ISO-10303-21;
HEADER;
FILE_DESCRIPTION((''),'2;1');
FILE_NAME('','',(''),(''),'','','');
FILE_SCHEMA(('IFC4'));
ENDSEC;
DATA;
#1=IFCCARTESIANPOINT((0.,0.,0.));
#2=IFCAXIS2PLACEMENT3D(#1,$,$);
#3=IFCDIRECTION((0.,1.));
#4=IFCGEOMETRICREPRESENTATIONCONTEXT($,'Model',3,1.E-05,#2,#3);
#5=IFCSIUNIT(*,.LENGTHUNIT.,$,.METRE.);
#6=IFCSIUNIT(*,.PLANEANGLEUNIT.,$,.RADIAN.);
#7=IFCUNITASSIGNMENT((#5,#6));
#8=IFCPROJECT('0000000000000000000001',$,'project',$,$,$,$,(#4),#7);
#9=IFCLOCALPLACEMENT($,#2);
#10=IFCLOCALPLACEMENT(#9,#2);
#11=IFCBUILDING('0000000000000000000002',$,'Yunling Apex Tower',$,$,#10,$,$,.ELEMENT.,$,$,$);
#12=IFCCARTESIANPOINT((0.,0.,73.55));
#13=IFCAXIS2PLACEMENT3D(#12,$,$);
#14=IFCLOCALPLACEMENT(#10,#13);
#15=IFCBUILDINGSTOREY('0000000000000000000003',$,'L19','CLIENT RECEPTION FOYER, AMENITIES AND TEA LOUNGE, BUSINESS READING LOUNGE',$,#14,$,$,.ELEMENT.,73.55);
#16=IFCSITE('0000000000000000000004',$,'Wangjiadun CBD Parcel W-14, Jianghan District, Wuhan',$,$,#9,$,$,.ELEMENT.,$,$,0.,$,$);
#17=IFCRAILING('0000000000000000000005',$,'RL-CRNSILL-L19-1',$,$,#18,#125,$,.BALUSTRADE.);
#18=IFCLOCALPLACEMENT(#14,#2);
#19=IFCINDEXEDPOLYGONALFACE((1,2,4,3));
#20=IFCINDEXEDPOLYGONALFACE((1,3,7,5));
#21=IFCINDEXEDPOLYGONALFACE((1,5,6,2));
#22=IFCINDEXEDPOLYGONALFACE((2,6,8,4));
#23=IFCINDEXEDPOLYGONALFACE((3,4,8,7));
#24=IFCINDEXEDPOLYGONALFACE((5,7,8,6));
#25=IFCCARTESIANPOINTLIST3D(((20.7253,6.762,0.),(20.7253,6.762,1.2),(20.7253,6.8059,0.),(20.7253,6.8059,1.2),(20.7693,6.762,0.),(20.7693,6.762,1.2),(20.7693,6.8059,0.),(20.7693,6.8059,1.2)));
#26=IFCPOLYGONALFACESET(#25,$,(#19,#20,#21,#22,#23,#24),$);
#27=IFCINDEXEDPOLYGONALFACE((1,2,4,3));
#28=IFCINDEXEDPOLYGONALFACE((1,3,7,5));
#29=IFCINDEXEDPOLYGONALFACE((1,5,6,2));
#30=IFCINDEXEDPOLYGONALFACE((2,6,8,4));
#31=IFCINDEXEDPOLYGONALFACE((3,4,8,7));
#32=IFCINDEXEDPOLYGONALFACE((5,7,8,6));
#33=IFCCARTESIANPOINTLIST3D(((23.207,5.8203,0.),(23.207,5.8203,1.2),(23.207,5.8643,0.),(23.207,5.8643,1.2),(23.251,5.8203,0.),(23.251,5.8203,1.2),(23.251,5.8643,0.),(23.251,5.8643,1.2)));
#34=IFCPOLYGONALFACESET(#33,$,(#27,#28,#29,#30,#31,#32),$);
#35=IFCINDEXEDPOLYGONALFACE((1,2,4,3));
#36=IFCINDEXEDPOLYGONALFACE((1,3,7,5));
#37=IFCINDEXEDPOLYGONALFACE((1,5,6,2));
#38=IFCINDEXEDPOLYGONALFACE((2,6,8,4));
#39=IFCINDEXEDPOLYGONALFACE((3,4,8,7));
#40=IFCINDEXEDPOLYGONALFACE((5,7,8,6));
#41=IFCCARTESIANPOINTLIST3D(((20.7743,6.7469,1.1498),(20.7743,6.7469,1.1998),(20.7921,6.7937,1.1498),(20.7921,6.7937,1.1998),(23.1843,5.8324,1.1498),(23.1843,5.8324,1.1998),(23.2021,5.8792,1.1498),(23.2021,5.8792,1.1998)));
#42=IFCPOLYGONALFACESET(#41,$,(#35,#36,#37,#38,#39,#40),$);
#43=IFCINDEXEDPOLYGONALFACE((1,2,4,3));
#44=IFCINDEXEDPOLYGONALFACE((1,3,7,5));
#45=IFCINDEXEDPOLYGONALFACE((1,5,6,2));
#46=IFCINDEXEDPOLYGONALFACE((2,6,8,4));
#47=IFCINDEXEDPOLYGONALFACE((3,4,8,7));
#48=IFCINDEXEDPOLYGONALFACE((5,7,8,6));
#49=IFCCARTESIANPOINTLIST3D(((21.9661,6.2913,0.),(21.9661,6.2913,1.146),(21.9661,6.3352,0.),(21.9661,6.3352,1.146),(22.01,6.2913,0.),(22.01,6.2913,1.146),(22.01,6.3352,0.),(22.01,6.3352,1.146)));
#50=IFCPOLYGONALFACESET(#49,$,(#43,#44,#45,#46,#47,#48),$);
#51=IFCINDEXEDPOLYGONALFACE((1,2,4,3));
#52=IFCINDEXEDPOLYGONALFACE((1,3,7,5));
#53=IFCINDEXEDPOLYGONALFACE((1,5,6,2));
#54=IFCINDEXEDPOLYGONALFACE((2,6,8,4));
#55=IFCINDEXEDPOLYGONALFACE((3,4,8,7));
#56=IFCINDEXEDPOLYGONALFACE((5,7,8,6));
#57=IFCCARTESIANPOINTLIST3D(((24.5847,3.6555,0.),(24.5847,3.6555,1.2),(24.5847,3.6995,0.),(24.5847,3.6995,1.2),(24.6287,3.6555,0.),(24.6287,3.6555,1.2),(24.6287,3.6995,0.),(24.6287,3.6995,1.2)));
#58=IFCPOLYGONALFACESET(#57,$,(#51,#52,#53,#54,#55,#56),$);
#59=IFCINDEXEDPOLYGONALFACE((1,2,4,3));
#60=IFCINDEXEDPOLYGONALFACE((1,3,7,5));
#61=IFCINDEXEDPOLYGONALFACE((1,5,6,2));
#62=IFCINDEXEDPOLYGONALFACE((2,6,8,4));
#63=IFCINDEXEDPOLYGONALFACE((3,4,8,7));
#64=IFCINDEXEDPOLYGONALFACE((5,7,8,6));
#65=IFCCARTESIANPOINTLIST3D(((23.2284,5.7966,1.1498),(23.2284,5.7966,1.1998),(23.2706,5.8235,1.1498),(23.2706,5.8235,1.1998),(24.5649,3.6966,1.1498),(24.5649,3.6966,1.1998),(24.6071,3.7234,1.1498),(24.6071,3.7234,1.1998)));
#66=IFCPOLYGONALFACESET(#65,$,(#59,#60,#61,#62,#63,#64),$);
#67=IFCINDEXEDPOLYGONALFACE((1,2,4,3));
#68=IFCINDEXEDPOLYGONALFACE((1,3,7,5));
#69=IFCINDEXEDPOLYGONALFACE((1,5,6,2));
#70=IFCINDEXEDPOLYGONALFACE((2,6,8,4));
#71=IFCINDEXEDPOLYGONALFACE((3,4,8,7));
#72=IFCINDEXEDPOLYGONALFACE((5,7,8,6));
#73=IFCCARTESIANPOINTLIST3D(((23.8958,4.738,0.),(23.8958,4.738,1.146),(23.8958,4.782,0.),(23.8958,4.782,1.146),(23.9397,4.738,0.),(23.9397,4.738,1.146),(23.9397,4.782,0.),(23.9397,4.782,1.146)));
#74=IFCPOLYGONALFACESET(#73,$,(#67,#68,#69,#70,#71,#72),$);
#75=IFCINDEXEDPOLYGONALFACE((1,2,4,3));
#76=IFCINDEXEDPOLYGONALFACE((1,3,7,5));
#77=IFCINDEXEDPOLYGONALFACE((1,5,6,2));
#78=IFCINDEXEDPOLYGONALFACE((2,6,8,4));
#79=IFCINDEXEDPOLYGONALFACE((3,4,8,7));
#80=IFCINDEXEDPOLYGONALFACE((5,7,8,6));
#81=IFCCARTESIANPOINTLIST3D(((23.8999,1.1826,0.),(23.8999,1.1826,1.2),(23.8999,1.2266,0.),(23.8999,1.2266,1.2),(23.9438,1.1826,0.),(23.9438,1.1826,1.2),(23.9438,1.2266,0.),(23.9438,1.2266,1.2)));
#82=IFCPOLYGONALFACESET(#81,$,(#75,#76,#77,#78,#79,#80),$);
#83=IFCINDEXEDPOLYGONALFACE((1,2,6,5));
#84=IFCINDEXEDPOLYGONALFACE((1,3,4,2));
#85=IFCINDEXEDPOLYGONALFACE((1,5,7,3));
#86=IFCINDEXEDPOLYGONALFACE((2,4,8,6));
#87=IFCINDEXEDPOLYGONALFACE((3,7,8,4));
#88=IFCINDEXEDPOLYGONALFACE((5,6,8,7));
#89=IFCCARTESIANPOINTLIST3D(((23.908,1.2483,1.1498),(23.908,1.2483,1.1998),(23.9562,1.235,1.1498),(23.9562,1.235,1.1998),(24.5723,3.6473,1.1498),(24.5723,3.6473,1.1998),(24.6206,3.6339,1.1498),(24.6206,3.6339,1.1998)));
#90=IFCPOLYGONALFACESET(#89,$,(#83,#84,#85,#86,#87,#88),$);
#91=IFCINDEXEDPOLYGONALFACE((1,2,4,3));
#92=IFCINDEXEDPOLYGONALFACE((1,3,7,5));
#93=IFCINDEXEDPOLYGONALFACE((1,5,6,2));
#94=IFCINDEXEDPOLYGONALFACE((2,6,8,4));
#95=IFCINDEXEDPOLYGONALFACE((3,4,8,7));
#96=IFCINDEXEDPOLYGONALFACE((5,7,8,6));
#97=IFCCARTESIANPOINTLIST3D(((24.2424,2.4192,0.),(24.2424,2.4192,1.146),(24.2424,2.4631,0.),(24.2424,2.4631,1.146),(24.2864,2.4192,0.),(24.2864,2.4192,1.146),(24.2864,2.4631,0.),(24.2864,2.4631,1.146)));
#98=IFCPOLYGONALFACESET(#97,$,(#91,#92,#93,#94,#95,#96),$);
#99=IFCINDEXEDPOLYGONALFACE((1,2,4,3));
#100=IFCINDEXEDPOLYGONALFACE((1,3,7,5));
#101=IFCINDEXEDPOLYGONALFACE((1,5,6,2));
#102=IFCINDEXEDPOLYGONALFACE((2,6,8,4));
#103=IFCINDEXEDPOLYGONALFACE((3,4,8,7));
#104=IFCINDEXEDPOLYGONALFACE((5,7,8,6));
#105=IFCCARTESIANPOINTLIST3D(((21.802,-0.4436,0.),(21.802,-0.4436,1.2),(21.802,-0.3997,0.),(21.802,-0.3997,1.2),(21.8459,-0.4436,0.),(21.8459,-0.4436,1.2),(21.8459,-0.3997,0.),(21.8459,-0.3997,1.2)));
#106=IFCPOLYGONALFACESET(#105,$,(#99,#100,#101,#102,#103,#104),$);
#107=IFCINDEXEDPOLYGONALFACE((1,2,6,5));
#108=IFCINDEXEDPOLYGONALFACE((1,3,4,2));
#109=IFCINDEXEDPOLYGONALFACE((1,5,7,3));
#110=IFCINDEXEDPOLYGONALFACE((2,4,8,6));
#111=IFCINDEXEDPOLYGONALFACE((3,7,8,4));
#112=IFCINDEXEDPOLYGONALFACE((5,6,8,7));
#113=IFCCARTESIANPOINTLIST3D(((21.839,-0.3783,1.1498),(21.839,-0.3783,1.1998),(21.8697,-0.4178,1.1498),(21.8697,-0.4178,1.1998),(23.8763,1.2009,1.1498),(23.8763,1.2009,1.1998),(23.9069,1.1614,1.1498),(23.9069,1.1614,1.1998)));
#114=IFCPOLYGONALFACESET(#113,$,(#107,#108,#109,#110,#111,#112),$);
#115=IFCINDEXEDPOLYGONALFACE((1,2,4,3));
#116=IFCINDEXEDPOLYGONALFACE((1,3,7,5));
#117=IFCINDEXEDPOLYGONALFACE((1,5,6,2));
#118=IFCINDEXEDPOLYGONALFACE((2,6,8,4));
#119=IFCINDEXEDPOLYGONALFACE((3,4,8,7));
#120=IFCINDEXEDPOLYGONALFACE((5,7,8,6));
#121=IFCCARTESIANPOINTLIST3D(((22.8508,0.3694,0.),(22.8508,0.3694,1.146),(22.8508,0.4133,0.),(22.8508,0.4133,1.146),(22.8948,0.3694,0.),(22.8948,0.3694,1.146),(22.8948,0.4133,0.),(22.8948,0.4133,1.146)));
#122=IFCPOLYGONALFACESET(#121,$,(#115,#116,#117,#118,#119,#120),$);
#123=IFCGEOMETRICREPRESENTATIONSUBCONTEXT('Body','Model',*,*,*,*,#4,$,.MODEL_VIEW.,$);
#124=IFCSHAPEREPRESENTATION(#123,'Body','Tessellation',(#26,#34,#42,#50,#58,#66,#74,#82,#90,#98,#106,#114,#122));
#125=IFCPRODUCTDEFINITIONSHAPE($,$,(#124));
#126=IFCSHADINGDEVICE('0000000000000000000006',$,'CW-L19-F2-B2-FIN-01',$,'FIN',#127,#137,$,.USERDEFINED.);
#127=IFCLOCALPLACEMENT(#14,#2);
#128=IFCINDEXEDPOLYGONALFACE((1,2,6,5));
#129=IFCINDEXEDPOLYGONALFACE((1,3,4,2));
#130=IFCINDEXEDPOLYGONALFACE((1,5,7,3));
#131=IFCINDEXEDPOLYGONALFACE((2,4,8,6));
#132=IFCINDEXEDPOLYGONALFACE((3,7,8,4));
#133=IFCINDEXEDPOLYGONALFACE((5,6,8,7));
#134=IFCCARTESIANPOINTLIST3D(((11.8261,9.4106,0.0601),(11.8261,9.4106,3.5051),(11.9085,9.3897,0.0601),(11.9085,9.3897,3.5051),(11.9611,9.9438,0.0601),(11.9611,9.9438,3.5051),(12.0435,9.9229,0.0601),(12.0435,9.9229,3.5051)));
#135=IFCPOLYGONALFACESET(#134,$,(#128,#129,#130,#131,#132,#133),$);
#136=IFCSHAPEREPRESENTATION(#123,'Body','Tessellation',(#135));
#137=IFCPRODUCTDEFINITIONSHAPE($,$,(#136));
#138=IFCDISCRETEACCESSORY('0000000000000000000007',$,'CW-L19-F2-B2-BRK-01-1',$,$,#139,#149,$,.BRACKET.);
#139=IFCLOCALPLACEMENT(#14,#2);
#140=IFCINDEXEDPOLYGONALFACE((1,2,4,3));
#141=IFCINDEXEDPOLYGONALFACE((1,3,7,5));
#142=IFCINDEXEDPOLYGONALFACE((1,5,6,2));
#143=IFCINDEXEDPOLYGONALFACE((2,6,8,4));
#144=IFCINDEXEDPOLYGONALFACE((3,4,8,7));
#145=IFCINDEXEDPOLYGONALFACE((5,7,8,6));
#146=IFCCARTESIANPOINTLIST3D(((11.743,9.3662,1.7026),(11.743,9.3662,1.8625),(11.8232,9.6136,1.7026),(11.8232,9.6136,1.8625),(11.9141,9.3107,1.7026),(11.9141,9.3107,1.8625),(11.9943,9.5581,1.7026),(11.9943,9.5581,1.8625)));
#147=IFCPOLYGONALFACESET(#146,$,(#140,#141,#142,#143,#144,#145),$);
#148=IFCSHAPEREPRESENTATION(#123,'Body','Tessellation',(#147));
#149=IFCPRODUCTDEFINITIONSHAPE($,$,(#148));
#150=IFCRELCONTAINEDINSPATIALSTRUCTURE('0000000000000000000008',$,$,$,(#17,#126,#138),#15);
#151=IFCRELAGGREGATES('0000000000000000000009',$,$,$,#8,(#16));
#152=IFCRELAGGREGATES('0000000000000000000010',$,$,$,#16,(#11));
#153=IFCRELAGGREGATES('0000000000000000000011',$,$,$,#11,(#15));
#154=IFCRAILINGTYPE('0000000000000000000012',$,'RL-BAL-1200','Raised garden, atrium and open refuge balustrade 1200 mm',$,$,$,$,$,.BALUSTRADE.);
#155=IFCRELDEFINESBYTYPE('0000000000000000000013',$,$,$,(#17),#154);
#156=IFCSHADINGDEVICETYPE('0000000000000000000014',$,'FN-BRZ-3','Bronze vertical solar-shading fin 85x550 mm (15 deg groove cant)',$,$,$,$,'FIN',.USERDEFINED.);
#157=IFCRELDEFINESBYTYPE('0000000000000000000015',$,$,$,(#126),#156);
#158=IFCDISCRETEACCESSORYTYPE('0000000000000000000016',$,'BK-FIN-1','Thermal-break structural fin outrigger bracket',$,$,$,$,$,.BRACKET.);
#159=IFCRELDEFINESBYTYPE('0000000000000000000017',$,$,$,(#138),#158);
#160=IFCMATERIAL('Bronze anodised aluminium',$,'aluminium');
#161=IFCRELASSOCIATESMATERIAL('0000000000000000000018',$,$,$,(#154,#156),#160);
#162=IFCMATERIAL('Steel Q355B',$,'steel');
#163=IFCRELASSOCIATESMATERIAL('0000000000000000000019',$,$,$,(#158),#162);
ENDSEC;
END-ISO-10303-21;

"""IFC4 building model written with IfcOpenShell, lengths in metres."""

from ifc_helpers import new_model, si_unit, direction, frame, origin, origin_2d, place, context, subcontext, project, spatial, rectangle, extrude, source, transform, mapped, material, material_profile, profile_set, type_object, element, save


model = new_model("IFC4")

# Units and contexts
model_context = context("Model", 3, precision=1e-05, world=origin(), true_north=direction((0.0, 1.0)))
body_context = subcontext(model_context, "Body", "Model", "MODEL_VIEW")
ifc_project = project(units=[si_unit("LENGTHUNIT", "METRE"), si_unit("PLANEANGLEUNIT", "RADIAN")], contexts=[model_context])

# Site, building, storey
site_placement = place(None, origin())
site = spatial("IfcSite", under=ifc_project, at=site_placement, Name="Wangjiadun CBD Parcel W-14, Jianghan District, Wuhan", CompositionType="ELEMENT", RefElevation=0.0)
building_placement = place(site_placement, origin())
building = spatial("IfcBuilding", under=site, at=building_placement, Name="Yunling Apex Tower", CompositionType="ELEMENT")
storey_placement = place(building_placement, frame((0.0, 0.0, 73.55)))
storey = spatial("IfcBuildingStorey", under=building, at=storey_placement, Name="L19", Description="CLIENT RECEPTION FOYER, AMENITIES AND TEA LOUNGE, BUSINESS READING LOUNGE", CompositionType="ELEMENT", Elevation=73.55)

# Shared definitions
ifc_material_1 = material(Name="Steel Q355B", Category="steel")

# Shared definitions
ifc_material_2 = material(Name="Bronze anodised aluminium", Category="aluminium")

# Railing
railing_type = type_object("IfcRailingType", Name="RL-BAL-1200", Description="Raised garden, atrium and open refuge balustrade 1200 mm", PredefinedType="BALUSTRADE", material=ifc_material_2)
railing_placement = place(storey_placement, frame((20.7473, 6.7839, 0.0)))
element("IfcRailing", 1, at=railing_placement, inside=storey, type_object=railing_type, Name="RL-CRNSILL-L19-1", PredefinedType="BALUSTRADE", context=body_context, shape_type="SweptSolid", body=[
    extrude(rectangle(XDim=0.0439, YDim=0.0439, at=origin_2d()), origin(), (0.0, 0.0, 1.0), 1.2),
    extrude(rectangle(XDim=0.0439, YDim=0.0439, at=origin_2d()), frame((2.4817, -0.9417, 0.0)), (0.0, 0.0, 1.0), 1.2),
    extrude(rectangle(XDim=0.05, YDim=0.05, at=origin_2d()), frame((0.0359, -0.0137, 1.1748), z_axis=(0.934958, -0.35476, 0.0), x_axis=(0.35476, 0.934958, 0.0)), (0.0, 0.0, 1.0), 2.5776),
    extrude(rectangle(XDim=0.0439, YDim=0.0439, at=origin_2d()), frame((1.2407, -0.4707, 0.0)), (0.0, 0.0, 1.0), 1.146),
    extrude(rectangle(XDim=0.0439, YDim=0.0439, at=origin_2d()), frame((3.8594, -3.1064, 0.0)), (0.0, 0.0, 1.0), 1.2),
    extrude(rectangle(XDim=0.05, YDim=0.05, at=origin_2d()), frame((2.5022, -0.9739, 1.1748), z_axis=(0.5369, -0.843646, 0.0), x_axis=(0.843646, 0.5369, 0.0)), (0.0, 0.0, 1.0), 2.4893),
    extrude(rectangle(XDim=0.0439, YDim=0.0439, at=origin_2d()), frame((3.1704, -2.0239, 0.0)), (0.0, 0.0, 1.0), 1.146),
    extrude(rectangle(XDim=0.0439, YDim=0.0439, at=origin_2d()), frame((3.1746, -5.5793, 0.0)), (0.0, 0.0, 1.0), 1.2),
    extrude(rectangle(XDim=0.05, YDim=0.05, at=origin_2d()), frame((3.8491, -3.1433, 1.1748), z_axis=(-0.266883, -0.963729, 0.0), x_axis=(0.963729, -0.266883, 0.0)), (0.0, 0.0, 1.0), 2.4893),
    extrude(rectangle(XDim=0.0439, YDim=0.0439, at=origin_2d()), frame((3.5171, -4.3428, 0.0)), (0.0, 0.0, 1.0), 1.146),
    extrude(rectangle(XDim=0.0439, YDim=0.0439, at=origin_2d()), frame((1.0767, -7.2056, 0.0)), (0.0, 0.0, 1.0), 1.2),
    extrude(rectangle(XDim=0.05, YDim=0.05, at=origin_2d()), frame((3.1443, -5.6028, 1.1748), z_axis=(-0.790352, -0.612654, 0.0), x_axis=(0.612654, -0.790352, 0.0)), (0.0, 0.0, 1.0), 2.5776),
    extrude(rectangle(XDim=0.0439, YDim=0.0439, at=origin_2d()), frame((2.1255, -6.3926, 0.0)), (0.0, 0.0, 1.0), 1.146),
])

# Shading device
ifc_material_profile_1 = material_profile(ifc_material_2, rectangle(XDim=0.085, YDim=0.55, at=origin_2d()))
ifc_profile_set_1 = profile_set([ifc_material_profile_1], Name="Bronze anodised aluminium")
shading_device_type = type_object("IfcShadingDeviceType", Name="FN-BRZ-3", Description="Bronze vertical solar-shading fin 85x550 mm (15 deg groove cant)", ElementType="FIN", PredefinedType="USERDEFINED", material=ifc_profile_set_1)
shared_shape_1 = source(origin(), body_context, "Body", "SweptSolid", [
    extrude(rectangle(XDim=0.085, YDim=0.55, at=origin_2d()), origin(), (0.0, 0.0, 1.0), 3.4451),
])
shading_device_placement = place(storey_placement, frame((11.9348, 9.6667, 0.0601), z_axis=(0.0, 0.0, 1.0), x_axis=(-0.969403, 0.245477, 0.0)))
element("IfcShadingDevice", 2, at=shading_device_placement, inside=storey, type_object=shading_device_type, Name="CW-L19-F2-B2-FIN-01", ObjectType="FIN", PredefinedType="USERDEFINED", context=body_context, shape_type="MappedRepresentation", body=[
    mapped(shared_shape_1, transform((0.0, 0.0, 0.0), scale=1.0)),
])

# Discrete accessory
discrete_accessory_type = type_object("IfcDiscreteAccessoryType", Name="BK-FIN-1", Description="Thermal-break structural fin outrigger bracket", PredefinedType="BRACKET", material=ifc_material_1)
shared_shape_2 = source(origin(), body_context, "Body", "SweptSolid", [
    extrude(rectangle(XDim=0.1799, YDim=0.26, at=origin_2d()), origin(), (0.0, 0.0, 1.0), 0.1599),
])
discrete_accessory_placement = place(storey_placement, frame((11.8687, 9.4622, 1.7026), z_axis=(0.0, 0.0, 1.0), x_axis=(-0.951272, 0.308353, 0.0)))
element("IfcDiscreteAccessory", 3, at=discrete_accessory_placement, inside=storey, type_object=discrete_accessory_type, Name="CW-L19-F2-B2-BRK-01-1", PredefinedType="BRACKET", context=body_context, shape_type="MappedRepresentation", body=[
    mapped(shared_shape_2, transform((0.0, 0.0, 0.0), scale=1.0)),
])

save(model, "model.ifc")
